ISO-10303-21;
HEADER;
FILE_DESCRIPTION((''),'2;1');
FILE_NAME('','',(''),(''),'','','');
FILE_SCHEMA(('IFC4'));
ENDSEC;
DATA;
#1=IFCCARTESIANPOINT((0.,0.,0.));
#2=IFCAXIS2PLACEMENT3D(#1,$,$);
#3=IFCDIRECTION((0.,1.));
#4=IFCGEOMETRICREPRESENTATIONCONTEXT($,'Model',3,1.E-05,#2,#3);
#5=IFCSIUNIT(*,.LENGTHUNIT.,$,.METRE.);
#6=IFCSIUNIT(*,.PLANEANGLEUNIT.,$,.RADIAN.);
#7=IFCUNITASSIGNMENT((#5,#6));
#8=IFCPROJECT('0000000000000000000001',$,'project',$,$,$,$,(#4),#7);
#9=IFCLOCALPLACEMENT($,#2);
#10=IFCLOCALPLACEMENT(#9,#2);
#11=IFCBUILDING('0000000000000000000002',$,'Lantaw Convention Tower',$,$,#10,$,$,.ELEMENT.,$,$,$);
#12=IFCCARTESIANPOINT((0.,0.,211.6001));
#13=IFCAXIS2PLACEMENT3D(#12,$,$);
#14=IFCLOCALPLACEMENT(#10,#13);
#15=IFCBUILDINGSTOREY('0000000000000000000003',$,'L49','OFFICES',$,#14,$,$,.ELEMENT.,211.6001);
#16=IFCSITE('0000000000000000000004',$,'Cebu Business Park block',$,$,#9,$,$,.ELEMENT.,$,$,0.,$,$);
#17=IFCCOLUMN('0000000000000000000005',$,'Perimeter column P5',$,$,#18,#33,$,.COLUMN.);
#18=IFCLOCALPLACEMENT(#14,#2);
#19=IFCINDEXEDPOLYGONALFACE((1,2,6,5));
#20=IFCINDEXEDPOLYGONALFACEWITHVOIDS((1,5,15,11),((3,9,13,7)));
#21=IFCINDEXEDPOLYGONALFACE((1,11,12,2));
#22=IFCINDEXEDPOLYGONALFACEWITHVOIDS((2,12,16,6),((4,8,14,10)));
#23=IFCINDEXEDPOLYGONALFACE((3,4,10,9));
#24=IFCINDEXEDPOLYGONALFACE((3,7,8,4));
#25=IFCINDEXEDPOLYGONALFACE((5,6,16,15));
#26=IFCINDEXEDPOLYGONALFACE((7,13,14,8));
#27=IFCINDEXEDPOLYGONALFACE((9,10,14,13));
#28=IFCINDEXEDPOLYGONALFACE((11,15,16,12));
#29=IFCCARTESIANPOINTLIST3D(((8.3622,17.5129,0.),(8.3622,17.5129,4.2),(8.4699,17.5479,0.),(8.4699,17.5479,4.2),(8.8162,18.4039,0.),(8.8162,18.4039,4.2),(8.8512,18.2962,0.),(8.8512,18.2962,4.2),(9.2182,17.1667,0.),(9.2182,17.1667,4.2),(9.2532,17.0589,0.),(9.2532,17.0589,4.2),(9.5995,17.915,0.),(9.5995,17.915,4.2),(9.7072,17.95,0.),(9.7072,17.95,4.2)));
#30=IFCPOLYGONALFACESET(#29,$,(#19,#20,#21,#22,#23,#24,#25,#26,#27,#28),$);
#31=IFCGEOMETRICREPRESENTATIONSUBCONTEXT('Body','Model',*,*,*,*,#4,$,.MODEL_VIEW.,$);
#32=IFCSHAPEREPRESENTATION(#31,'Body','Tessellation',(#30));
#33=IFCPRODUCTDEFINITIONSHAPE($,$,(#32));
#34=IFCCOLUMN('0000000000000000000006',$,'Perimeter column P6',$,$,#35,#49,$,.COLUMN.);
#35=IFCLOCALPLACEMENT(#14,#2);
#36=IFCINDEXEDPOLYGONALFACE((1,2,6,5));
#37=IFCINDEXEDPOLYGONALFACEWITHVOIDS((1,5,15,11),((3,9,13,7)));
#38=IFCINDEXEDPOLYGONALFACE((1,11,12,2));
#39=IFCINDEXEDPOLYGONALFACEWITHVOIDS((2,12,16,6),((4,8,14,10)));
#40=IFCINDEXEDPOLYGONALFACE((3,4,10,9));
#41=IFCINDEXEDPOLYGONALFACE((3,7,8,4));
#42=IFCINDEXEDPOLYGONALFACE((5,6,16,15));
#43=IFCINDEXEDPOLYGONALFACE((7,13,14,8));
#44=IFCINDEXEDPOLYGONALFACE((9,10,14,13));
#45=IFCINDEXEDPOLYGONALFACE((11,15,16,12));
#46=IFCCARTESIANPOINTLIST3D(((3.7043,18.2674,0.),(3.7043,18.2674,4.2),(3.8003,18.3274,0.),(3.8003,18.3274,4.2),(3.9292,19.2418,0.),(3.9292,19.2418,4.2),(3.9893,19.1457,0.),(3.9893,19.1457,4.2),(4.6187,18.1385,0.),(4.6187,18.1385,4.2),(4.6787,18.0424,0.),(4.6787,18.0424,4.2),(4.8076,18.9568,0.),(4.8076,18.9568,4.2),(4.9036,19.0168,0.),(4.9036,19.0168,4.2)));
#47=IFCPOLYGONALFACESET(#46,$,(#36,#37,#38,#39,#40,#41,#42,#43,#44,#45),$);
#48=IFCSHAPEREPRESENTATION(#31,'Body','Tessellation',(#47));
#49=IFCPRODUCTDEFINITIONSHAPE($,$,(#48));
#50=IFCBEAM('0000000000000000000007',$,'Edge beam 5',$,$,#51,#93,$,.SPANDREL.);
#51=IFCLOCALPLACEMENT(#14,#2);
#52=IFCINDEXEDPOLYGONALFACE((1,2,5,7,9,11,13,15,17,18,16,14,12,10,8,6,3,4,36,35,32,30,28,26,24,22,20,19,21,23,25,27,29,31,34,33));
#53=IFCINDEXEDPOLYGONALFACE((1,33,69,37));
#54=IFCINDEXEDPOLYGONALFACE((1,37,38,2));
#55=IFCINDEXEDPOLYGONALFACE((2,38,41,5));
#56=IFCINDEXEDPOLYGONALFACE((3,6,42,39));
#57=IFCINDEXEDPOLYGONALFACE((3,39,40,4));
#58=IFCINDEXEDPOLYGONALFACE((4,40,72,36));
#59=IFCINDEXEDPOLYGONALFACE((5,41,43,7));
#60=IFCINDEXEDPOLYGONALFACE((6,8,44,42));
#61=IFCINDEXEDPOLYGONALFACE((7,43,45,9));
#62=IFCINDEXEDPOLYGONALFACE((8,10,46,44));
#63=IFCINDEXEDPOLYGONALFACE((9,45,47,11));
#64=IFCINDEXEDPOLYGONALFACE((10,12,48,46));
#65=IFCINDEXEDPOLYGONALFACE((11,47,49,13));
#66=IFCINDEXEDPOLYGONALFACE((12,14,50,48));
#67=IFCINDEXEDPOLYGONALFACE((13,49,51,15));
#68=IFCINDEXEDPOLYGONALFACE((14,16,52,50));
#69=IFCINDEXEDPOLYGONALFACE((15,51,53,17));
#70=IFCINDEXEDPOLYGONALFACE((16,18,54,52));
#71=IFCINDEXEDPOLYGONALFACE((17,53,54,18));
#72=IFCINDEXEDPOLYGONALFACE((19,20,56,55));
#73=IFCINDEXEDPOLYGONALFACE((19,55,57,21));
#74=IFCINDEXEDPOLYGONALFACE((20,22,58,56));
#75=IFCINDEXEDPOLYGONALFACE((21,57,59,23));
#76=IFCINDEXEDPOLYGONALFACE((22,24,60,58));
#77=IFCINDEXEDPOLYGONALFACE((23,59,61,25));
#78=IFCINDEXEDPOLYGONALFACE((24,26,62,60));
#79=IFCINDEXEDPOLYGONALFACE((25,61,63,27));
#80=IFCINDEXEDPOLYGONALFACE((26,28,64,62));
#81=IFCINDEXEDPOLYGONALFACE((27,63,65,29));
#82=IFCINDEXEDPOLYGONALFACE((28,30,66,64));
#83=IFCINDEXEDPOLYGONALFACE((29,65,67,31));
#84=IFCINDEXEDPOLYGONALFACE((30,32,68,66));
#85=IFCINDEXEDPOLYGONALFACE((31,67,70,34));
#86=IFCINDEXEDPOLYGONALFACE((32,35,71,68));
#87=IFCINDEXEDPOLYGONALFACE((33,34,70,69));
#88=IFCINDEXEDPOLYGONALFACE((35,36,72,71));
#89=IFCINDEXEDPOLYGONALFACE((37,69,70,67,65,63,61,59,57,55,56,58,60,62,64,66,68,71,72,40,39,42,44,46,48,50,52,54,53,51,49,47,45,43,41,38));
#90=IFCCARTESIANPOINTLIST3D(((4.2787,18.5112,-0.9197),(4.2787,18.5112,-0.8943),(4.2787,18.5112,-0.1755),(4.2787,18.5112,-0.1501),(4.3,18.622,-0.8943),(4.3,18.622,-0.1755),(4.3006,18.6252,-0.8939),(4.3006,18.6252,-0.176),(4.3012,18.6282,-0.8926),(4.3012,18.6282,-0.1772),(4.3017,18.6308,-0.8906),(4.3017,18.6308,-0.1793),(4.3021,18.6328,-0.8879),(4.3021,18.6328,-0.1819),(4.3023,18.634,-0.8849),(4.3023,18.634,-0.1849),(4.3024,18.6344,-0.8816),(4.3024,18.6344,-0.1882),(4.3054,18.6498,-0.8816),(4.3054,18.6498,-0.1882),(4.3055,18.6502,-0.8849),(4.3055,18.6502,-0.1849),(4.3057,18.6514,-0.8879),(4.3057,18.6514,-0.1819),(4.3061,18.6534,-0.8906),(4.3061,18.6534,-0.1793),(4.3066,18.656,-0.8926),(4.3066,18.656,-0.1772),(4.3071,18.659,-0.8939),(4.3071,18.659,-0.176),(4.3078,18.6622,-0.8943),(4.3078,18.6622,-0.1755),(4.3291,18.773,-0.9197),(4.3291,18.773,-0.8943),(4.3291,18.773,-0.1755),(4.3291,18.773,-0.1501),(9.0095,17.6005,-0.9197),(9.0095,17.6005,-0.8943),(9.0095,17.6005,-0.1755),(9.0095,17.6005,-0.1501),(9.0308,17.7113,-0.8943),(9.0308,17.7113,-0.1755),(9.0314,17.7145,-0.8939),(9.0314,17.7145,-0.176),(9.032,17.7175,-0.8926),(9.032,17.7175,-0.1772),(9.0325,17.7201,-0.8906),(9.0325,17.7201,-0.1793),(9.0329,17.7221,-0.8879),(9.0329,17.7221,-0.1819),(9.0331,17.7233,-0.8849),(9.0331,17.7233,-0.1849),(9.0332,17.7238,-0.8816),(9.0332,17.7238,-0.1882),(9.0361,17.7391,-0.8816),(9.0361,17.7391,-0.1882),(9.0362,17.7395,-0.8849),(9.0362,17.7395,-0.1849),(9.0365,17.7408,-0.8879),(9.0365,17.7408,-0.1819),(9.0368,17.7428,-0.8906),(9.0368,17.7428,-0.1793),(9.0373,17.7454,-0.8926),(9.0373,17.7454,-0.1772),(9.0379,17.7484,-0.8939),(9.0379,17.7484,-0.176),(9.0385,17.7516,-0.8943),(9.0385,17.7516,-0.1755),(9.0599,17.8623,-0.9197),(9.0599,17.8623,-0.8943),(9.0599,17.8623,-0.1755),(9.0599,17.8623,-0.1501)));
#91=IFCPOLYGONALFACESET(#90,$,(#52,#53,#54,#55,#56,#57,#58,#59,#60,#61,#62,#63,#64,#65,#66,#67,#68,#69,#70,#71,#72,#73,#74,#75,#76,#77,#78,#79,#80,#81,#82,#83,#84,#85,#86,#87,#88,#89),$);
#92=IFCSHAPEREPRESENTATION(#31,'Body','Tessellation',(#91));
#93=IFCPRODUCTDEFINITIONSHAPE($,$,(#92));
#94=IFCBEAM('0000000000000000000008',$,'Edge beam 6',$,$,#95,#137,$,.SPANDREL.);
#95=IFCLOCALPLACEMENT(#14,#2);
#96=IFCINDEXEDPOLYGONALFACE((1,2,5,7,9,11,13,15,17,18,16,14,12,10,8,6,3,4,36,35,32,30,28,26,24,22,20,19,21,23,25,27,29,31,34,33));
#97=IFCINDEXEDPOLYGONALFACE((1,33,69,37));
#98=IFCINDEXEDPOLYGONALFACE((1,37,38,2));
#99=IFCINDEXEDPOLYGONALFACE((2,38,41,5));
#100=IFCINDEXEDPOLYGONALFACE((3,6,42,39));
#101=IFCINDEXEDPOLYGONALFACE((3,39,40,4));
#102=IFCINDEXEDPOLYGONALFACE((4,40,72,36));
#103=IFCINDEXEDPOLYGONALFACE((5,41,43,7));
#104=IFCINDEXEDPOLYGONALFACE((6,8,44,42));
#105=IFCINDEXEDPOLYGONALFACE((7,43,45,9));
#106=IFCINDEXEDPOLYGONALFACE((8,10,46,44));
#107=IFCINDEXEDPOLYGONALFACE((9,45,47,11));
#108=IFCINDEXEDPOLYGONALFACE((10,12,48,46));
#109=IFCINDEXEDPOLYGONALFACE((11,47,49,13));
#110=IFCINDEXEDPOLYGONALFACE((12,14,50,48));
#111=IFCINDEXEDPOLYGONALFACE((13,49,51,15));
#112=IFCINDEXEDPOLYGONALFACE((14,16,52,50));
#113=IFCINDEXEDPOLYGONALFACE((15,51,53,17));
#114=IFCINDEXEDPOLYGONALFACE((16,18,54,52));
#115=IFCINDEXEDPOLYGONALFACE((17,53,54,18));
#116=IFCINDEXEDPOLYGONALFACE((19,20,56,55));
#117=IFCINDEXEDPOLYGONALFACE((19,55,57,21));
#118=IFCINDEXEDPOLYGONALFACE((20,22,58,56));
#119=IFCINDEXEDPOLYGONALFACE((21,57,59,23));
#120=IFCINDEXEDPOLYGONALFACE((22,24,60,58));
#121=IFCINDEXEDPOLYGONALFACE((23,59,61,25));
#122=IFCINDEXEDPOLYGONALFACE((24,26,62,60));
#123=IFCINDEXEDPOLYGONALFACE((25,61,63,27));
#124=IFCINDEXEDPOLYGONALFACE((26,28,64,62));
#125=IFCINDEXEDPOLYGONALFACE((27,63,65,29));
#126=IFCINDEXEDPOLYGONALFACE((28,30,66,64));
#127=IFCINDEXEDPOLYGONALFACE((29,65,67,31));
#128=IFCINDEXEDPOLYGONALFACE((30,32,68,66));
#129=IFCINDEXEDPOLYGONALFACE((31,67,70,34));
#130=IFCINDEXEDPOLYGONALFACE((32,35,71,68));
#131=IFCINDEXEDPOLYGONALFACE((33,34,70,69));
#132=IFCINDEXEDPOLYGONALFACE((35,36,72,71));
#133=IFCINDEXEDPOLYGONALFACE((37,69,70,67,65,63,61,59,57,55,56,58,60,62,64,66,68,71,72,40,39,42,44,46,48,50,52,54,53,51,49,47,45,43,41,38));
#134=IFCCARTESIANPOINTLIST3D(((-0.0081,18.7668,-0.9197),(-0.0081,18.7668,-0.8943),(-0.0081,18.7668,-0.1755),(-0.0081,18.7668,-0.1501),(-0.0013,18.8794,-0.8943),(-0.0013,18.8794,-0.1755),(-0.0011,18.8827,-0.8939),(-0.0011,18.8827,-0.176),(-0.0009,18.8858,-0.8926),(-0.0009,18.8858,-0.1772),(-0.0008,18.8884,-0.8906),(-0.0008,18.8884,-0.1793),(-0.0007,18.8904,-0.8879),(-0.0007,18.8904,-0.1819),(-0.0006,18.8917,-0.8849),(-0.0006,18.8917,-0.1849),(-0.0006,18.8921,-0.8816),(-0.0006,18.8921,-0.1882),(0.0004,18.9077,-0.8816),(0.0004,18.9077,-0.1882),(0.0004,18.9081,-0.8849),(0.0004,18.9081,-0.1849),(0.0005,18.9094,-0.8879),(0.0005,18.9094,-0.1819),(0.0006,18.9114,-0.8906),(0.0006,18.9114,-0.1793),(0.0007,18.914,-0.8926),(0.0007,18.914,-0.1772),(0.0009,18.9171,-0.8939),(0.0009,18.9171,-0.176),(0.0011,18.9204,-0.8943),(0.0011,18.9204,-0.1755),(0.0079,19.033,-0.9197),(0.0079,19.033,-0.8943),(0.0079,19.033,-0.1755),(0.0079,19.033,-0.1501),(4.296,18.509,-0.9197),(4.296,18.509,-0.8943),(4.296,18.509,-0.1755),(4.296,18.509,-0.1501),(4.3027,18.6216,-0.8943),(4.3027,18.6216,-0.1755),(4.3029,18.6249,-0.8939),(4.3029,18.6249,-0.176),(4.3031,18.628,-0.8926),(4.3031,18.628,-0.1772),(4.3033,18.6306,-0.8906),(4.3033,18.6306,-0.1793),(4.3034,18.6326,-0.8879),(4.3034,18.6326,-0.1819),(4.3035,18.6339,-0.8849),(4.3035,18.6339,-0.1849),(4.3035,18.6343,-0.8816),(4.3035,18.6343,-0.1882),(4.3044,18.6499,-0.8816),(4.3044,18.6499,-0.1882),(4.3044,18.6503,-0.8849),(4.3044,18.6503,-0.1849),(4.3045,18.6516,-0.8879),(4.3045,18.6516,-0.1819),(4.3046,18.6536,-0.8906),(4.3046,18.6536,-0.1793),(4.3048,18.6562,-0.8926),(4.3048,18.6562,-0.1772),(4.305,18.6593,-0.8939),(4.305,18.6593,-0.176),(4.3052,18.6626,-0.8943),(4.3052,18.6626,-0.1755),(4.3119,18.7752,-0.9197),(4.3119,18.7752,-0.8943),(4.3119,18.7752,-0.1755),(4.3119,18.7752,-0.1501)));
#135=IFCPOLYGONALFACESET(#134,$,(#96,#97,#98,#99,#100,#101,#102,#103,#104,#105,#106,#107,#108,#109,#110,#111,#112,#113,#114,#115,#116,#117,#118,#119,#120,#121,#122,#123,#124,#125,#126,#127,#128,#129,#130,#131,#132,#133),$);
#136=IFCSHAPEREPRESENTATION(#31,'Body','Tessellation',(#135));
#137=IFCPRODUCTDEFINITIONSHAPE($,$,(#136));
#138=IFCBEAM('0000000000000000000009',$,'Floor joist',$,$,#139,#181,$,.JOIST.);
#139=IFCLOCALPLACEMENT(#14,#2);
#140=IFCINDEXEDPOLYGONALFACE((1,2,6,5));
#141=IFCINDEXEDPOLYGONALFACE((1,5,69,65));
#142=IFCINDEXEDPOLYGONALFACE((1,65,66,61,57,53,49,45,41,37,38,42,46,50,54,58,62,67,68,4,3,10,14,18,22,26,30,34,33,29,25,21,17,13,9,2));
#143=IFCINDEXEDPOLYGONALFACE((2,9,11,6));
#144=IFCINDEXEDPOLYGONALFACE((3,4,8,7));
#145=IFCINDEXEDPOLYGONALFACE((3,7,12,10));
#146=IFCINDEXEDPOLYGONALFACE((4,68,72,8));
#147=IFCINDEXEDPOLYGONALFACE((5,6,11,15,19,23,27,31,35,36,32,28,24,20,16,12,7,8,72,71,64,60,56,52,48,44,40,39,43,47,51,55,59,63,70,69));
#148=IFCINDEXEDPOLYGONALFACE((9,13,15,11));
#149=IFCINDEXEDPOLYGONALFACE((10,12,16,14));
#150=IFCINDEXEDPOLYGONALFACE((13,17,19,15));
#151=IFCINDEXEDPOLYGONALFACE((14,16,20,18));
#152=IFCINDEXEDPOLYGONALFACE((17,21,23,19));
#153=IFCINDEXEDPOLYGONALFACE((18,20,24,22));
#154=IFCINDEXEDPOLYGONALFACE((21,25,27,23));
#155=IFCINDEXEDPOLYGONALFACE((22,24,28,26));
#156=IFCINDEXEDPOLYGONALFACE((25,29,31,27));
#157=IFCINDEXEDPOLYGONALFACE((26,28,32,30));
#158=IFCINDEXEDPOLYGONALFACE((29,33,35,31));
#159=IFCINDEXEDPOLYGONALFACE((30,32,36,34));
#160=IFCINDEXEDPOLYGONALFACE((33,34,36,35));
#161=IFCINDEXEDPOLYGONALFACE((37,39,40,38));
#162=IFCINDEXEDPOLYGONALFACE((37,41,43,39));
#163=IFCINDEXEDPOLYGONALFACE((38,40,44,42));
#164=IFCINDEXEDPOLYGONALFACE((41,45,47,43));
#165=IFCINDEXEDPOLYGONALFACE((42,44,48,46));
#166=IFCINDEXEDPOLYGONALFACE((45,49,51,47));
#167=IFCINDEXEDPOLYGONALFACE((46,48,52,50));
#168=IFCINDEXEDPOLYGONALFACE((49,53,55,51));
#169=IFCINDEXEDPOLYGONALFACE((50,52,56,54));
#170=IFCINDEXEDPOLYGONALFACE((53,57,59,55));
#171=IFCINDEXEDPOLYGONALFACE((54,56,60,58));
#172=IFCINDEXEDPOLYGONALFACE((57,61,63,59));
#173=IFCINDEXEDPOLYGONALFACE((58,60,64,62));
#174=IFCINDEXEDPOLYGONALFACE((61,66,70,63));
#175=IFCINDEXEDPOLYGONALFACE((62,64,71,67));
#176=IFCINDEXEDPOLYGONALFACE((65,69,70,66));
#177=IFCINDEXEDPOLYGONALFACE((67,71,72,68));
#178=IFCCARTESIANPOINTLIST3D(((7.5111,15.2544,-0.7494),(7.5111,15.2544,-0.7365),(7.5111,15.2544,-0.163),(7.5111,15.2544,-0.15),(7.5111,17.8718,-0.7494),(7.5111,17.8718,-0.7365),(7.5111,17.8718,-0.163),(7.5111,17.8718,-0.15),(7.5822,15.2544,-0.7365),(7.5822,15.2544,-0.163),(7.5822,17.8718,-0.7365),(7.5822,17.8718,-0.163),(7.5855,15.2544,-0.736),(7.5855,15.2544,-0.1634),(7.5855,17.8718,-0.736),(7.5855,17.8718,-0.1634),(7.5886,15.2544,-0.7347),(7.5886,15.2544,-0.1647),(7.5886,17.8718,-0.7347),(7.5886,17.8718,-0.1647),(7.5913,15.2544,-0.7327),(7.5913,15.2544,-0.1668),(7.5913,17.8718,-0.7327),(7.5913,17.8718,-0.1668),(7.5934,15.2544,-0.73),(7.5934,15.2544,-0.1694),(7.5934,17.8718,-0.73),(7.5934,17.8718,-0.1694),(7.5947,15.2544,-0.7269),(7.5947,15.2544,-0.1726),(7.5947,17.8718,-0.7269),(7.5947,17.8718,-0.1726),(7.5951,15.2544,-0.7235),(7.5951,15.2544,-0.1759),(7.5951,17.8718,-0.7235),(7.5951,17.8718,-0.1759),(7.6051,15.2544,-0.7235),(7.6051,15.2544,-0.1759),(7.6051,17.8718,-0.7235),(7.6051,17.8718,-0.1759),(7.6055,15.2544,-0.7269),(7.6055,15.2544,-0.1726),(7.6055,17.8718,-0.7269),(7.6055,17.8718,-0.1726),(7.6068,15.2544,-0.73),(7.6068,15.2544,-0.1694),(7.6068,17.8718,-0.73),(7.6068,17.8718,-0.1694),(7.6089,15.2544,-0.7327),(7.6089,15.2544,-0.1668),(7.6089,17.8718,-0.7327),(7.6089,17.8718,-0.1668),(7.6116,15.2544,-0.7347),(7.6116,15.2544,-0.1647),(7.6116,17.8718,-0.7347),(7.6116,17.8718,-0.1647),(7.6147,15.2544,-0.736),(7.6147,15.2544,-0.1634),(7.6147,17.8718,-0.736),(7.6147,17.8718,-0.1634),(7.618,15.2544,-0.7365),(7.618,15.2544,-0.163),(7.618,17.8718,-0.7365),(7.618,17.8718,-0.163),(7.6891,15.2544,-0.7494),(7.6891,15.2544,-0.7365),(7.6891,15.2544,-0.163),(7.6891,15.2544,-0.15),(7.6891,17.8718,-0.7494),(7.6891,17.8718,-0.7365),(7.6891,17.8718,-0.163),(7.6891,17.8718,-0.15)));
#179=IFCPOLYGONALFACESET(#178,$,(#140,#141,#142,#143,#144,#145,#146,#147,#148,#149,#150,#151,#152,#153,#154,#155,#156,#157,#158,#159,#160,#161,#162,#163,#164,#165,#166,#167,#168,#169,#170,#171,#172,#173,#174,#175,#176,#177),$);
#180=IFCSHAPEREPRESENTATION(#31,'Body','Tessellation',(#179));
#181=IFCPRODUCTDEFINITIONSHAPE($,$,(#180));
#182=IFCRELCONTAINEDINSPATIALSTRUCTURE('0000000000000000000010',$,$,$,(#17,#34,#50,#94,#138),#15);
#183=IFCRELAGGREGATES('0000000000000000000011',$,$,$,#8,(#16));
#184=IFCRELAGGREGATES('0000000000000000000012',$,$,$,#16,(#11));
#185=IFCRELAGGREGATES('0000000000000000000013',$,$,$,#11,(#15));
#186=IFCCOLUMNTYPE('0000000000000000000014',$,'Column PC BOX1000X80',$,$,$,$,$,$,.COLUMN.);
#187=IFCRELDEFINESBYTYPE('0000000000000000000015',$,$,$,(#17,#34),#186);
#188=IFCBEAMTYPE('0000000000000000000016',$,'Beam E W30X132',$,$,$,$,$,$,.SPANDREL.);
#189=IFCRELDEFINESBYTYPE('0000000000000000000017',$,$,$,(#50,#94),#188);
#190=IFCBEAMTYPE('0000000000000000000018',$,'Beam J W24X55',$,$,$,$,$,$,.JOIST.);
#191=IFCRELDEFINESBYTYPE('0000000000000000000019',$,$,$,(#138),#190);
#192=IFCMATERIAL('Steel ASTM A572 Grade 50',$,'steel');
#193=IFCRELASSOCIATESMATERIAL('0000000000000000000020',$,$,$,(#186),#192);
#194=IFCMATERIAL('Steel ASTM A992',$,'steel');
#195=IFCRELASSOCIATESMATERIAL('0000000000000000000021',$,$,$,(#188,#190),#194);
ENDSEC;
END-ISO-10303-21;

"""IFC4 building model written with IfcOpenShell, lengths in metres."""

from ifc_helpers import new_model, si_unit, direction, frame, origin, origin_2d, place, context, subcontext, project, spatial, rectangle, hollow_rectangle, i_section, extrude, material, material_profile, profile_set, type_object, element, save


model = new_model("IFC4")

# Units and contexts
model_context = context("Model", 3, precision=1e-05, world=origin(), true_north=direction((0.0, 1.0)))
body_context = subcontext(model_context, "Body", "Model", "MODEL_VIEW")
ifc_project = project(units=[si_unit("LENGTHUNIT", "METRE"), si_unit("PLANEANGLEUNIT", "RADIAN")], contexts=[model_context])

# Site, building, storey
site_placement = place(None, origin())
site = spatial("IfcSite", under=ifc_project, at=site_placement, Name="Cebu Business Park block", CompositionType="ELEMENT", RefElevation=0.0)
building_placement = place(site_placement, origin())
building = spatial("IfcBuilding", under=site, at=building_placement, Name="Lantaw Convention Tower", CompositionType="ELEMENT")
storey_placement = place(building_placement, frame((0.0, 0.0, 211.6001)))
storey = spatial("IfcBuildingStorey", under=building, at=storey_placement, Name="L49", Description="OFFICES", CompositionType="ELEMENT", Elevation=211.6001)

# Columns
ifc_material_1 = material(Name="Steel ASTM A572 Grade 50", Category="steel")
ifc_material_profile_1 = material_profile(ifc_material_1, hollow_rectangle(XDim=1.0, YDim=1.0, WallThickness=0.0801, at=origin_2d()), Name="BOX1000X80")
ifc_material_2 = material(Name="Concrete C60/75", Category="concrete")
ifc_material_profile_2 = material_profile(ifc_material_2, rectangle(XDim=0.8401, YDim=0.8401, at=origin_2d()), Name="Concrete fill of BOX1000X80")
ifc_profile_set_1 = profile_set([ifc_material_profile_1, ifc_material_profile_2], Name="Steel ASTM A572 Grade 50")
column_type = type_object("IfcColumnType", Name="Column PC BOX1000X80", PredefinedType="COLUMN", material=ifc_profile_set_1)
for number, where, z_axis, x_axis, name in (
    (1, (9.0347, 17.7314, 0.0), (0.0, 0.0, 1.0), (0.45399, 0.891007, 0.0), "Perimeter column P5"),
    (2, (4.304, 18.6421, 0.0), (0.0, 0.0, 1.0), (0.224951, 0.97437, 0.0), "Perimeter column P6"),
):
    element("IfcColumn", number, at=place(storey_placement, frame(where, z_axis=z_axis, x_axis=x_axis)), inside=storey, type_object=column_type, Name=name, PredefinedType="COLUMN", context=body_context, shape_type="SweptSolid", body=[
        extrude(hollow_rectangle(XDim=1.0, YDim=1.0, WallThickness=0.0801, at=origin_2d()), origin(), (0.0, 0.0, 1.0), 4.2),
    ])

# Beams
ifc_material_3 = material(Name="Steel ASTM A992", Category="steel")
ifc_material_profile_3 = material_profile(ifc_material_3, i_section(OverallWidth=0.2666, OverallDepth=0.7695, WebThickness=0.0156, FlangeThickness=0.0254, FilletRadius=0.0127, at=origin_2d()), Name="W30X132")
ifc_profile_set_2 = profile_set([ifc_material_profile_3], Name="Steel ASTM A992")
beam_type_1 = type_object("IfcBeamType", Name="Beam E W30X132", PredefinedType="SPANDREL", material=ifc_profile_set_2)
beam_1_placement = place(storey_placement, frame((9.0347, 17.7314, -0.5349), z_axis=(-0.981972, 0.189026, 0.0), x_axis=(-0.189026, -0.981972, 0.0)))
element("IfcBeam", 3, at=beam_1_placement, inside=storey, type_object=beam_type_1, Name="Edge beam 5", PredefinedType="SPANDREL", context=body_context, shape_type="SweptSolid", body=[
    extrude(i_section(OverallWidth=0.2666, OverallDepth=0.7695, WebThickness=0.0156, FlangeThickness=0.0254, FilletRadius=0.0127, at=origin_2d()), origin(), (0.0, 0.0, 1.0), 4.8176),
])
beam_2_placement = place(storey_placement, frame((4.304, 18.6421, -0.5349), z_axis=(-0.998211, 0.059794, 0.0), x_axis=(-0.059794, -0.998211, 0.0)))
element("IfcBeam", 4, at=beam_2_placement, inside=storey, type_object=beam_type_1, Name="Edge beam 6", PredefinedType="SPANDREL", context=body_context, shape_type="SweptSolid", body=[
    extrude(i_section(OverallWidth=0.2666, OverallDepth=0.7695, WebThickness=0.0156, FlangeThickness=0.0254, FilletRadius=0.0127, at=origin_2d()), origin(), (0.0, 0.0, 1.0), 4.3118),
])
ifc_material_profile_4 = material_profile(ifc_material_3, i_section(OverallWidth=0.178, OverallDepth=0.5994, WebThickness=0.01, FlangeThickness=0.0129, FilletRadius=0.0129, at=origin_2d()), Name="W24X55")
ifc_profile_set_3 = profile_set([ifc_material_profile_4], Name="Steel ASTM A992")
beam_type_2 = type_object("IfcBeamType", Name="Beam J W24X55", PredefinedType="JOIST", material=ifc_profile_set_3)
beam_3_placement = place(storey_placement, frame((7.6001, 15.2544, -0.4497), z_axis=(0.0, 1.0, 0.0), x_axis=(-1.0, 0.0, 0.0)))
element("IfcBeam", 5, at=beam_3_placement, inside=storey, type_object=beam_type_2, Name="Floor joist", PredefinedType="JOIST", context=body_context, shape_type="SweptSolid", body=[
    extrude(i_section(OverallWidth=0.178, OverallDepth=0.5994, WebThickness=0.01, FlangeThickness=0.0129, FilletRadius=0.0129, at=origin_2d()), origin(), (0.0, 0.0, 1.0), 2.6174),
])

save(model, "model.ifc")
